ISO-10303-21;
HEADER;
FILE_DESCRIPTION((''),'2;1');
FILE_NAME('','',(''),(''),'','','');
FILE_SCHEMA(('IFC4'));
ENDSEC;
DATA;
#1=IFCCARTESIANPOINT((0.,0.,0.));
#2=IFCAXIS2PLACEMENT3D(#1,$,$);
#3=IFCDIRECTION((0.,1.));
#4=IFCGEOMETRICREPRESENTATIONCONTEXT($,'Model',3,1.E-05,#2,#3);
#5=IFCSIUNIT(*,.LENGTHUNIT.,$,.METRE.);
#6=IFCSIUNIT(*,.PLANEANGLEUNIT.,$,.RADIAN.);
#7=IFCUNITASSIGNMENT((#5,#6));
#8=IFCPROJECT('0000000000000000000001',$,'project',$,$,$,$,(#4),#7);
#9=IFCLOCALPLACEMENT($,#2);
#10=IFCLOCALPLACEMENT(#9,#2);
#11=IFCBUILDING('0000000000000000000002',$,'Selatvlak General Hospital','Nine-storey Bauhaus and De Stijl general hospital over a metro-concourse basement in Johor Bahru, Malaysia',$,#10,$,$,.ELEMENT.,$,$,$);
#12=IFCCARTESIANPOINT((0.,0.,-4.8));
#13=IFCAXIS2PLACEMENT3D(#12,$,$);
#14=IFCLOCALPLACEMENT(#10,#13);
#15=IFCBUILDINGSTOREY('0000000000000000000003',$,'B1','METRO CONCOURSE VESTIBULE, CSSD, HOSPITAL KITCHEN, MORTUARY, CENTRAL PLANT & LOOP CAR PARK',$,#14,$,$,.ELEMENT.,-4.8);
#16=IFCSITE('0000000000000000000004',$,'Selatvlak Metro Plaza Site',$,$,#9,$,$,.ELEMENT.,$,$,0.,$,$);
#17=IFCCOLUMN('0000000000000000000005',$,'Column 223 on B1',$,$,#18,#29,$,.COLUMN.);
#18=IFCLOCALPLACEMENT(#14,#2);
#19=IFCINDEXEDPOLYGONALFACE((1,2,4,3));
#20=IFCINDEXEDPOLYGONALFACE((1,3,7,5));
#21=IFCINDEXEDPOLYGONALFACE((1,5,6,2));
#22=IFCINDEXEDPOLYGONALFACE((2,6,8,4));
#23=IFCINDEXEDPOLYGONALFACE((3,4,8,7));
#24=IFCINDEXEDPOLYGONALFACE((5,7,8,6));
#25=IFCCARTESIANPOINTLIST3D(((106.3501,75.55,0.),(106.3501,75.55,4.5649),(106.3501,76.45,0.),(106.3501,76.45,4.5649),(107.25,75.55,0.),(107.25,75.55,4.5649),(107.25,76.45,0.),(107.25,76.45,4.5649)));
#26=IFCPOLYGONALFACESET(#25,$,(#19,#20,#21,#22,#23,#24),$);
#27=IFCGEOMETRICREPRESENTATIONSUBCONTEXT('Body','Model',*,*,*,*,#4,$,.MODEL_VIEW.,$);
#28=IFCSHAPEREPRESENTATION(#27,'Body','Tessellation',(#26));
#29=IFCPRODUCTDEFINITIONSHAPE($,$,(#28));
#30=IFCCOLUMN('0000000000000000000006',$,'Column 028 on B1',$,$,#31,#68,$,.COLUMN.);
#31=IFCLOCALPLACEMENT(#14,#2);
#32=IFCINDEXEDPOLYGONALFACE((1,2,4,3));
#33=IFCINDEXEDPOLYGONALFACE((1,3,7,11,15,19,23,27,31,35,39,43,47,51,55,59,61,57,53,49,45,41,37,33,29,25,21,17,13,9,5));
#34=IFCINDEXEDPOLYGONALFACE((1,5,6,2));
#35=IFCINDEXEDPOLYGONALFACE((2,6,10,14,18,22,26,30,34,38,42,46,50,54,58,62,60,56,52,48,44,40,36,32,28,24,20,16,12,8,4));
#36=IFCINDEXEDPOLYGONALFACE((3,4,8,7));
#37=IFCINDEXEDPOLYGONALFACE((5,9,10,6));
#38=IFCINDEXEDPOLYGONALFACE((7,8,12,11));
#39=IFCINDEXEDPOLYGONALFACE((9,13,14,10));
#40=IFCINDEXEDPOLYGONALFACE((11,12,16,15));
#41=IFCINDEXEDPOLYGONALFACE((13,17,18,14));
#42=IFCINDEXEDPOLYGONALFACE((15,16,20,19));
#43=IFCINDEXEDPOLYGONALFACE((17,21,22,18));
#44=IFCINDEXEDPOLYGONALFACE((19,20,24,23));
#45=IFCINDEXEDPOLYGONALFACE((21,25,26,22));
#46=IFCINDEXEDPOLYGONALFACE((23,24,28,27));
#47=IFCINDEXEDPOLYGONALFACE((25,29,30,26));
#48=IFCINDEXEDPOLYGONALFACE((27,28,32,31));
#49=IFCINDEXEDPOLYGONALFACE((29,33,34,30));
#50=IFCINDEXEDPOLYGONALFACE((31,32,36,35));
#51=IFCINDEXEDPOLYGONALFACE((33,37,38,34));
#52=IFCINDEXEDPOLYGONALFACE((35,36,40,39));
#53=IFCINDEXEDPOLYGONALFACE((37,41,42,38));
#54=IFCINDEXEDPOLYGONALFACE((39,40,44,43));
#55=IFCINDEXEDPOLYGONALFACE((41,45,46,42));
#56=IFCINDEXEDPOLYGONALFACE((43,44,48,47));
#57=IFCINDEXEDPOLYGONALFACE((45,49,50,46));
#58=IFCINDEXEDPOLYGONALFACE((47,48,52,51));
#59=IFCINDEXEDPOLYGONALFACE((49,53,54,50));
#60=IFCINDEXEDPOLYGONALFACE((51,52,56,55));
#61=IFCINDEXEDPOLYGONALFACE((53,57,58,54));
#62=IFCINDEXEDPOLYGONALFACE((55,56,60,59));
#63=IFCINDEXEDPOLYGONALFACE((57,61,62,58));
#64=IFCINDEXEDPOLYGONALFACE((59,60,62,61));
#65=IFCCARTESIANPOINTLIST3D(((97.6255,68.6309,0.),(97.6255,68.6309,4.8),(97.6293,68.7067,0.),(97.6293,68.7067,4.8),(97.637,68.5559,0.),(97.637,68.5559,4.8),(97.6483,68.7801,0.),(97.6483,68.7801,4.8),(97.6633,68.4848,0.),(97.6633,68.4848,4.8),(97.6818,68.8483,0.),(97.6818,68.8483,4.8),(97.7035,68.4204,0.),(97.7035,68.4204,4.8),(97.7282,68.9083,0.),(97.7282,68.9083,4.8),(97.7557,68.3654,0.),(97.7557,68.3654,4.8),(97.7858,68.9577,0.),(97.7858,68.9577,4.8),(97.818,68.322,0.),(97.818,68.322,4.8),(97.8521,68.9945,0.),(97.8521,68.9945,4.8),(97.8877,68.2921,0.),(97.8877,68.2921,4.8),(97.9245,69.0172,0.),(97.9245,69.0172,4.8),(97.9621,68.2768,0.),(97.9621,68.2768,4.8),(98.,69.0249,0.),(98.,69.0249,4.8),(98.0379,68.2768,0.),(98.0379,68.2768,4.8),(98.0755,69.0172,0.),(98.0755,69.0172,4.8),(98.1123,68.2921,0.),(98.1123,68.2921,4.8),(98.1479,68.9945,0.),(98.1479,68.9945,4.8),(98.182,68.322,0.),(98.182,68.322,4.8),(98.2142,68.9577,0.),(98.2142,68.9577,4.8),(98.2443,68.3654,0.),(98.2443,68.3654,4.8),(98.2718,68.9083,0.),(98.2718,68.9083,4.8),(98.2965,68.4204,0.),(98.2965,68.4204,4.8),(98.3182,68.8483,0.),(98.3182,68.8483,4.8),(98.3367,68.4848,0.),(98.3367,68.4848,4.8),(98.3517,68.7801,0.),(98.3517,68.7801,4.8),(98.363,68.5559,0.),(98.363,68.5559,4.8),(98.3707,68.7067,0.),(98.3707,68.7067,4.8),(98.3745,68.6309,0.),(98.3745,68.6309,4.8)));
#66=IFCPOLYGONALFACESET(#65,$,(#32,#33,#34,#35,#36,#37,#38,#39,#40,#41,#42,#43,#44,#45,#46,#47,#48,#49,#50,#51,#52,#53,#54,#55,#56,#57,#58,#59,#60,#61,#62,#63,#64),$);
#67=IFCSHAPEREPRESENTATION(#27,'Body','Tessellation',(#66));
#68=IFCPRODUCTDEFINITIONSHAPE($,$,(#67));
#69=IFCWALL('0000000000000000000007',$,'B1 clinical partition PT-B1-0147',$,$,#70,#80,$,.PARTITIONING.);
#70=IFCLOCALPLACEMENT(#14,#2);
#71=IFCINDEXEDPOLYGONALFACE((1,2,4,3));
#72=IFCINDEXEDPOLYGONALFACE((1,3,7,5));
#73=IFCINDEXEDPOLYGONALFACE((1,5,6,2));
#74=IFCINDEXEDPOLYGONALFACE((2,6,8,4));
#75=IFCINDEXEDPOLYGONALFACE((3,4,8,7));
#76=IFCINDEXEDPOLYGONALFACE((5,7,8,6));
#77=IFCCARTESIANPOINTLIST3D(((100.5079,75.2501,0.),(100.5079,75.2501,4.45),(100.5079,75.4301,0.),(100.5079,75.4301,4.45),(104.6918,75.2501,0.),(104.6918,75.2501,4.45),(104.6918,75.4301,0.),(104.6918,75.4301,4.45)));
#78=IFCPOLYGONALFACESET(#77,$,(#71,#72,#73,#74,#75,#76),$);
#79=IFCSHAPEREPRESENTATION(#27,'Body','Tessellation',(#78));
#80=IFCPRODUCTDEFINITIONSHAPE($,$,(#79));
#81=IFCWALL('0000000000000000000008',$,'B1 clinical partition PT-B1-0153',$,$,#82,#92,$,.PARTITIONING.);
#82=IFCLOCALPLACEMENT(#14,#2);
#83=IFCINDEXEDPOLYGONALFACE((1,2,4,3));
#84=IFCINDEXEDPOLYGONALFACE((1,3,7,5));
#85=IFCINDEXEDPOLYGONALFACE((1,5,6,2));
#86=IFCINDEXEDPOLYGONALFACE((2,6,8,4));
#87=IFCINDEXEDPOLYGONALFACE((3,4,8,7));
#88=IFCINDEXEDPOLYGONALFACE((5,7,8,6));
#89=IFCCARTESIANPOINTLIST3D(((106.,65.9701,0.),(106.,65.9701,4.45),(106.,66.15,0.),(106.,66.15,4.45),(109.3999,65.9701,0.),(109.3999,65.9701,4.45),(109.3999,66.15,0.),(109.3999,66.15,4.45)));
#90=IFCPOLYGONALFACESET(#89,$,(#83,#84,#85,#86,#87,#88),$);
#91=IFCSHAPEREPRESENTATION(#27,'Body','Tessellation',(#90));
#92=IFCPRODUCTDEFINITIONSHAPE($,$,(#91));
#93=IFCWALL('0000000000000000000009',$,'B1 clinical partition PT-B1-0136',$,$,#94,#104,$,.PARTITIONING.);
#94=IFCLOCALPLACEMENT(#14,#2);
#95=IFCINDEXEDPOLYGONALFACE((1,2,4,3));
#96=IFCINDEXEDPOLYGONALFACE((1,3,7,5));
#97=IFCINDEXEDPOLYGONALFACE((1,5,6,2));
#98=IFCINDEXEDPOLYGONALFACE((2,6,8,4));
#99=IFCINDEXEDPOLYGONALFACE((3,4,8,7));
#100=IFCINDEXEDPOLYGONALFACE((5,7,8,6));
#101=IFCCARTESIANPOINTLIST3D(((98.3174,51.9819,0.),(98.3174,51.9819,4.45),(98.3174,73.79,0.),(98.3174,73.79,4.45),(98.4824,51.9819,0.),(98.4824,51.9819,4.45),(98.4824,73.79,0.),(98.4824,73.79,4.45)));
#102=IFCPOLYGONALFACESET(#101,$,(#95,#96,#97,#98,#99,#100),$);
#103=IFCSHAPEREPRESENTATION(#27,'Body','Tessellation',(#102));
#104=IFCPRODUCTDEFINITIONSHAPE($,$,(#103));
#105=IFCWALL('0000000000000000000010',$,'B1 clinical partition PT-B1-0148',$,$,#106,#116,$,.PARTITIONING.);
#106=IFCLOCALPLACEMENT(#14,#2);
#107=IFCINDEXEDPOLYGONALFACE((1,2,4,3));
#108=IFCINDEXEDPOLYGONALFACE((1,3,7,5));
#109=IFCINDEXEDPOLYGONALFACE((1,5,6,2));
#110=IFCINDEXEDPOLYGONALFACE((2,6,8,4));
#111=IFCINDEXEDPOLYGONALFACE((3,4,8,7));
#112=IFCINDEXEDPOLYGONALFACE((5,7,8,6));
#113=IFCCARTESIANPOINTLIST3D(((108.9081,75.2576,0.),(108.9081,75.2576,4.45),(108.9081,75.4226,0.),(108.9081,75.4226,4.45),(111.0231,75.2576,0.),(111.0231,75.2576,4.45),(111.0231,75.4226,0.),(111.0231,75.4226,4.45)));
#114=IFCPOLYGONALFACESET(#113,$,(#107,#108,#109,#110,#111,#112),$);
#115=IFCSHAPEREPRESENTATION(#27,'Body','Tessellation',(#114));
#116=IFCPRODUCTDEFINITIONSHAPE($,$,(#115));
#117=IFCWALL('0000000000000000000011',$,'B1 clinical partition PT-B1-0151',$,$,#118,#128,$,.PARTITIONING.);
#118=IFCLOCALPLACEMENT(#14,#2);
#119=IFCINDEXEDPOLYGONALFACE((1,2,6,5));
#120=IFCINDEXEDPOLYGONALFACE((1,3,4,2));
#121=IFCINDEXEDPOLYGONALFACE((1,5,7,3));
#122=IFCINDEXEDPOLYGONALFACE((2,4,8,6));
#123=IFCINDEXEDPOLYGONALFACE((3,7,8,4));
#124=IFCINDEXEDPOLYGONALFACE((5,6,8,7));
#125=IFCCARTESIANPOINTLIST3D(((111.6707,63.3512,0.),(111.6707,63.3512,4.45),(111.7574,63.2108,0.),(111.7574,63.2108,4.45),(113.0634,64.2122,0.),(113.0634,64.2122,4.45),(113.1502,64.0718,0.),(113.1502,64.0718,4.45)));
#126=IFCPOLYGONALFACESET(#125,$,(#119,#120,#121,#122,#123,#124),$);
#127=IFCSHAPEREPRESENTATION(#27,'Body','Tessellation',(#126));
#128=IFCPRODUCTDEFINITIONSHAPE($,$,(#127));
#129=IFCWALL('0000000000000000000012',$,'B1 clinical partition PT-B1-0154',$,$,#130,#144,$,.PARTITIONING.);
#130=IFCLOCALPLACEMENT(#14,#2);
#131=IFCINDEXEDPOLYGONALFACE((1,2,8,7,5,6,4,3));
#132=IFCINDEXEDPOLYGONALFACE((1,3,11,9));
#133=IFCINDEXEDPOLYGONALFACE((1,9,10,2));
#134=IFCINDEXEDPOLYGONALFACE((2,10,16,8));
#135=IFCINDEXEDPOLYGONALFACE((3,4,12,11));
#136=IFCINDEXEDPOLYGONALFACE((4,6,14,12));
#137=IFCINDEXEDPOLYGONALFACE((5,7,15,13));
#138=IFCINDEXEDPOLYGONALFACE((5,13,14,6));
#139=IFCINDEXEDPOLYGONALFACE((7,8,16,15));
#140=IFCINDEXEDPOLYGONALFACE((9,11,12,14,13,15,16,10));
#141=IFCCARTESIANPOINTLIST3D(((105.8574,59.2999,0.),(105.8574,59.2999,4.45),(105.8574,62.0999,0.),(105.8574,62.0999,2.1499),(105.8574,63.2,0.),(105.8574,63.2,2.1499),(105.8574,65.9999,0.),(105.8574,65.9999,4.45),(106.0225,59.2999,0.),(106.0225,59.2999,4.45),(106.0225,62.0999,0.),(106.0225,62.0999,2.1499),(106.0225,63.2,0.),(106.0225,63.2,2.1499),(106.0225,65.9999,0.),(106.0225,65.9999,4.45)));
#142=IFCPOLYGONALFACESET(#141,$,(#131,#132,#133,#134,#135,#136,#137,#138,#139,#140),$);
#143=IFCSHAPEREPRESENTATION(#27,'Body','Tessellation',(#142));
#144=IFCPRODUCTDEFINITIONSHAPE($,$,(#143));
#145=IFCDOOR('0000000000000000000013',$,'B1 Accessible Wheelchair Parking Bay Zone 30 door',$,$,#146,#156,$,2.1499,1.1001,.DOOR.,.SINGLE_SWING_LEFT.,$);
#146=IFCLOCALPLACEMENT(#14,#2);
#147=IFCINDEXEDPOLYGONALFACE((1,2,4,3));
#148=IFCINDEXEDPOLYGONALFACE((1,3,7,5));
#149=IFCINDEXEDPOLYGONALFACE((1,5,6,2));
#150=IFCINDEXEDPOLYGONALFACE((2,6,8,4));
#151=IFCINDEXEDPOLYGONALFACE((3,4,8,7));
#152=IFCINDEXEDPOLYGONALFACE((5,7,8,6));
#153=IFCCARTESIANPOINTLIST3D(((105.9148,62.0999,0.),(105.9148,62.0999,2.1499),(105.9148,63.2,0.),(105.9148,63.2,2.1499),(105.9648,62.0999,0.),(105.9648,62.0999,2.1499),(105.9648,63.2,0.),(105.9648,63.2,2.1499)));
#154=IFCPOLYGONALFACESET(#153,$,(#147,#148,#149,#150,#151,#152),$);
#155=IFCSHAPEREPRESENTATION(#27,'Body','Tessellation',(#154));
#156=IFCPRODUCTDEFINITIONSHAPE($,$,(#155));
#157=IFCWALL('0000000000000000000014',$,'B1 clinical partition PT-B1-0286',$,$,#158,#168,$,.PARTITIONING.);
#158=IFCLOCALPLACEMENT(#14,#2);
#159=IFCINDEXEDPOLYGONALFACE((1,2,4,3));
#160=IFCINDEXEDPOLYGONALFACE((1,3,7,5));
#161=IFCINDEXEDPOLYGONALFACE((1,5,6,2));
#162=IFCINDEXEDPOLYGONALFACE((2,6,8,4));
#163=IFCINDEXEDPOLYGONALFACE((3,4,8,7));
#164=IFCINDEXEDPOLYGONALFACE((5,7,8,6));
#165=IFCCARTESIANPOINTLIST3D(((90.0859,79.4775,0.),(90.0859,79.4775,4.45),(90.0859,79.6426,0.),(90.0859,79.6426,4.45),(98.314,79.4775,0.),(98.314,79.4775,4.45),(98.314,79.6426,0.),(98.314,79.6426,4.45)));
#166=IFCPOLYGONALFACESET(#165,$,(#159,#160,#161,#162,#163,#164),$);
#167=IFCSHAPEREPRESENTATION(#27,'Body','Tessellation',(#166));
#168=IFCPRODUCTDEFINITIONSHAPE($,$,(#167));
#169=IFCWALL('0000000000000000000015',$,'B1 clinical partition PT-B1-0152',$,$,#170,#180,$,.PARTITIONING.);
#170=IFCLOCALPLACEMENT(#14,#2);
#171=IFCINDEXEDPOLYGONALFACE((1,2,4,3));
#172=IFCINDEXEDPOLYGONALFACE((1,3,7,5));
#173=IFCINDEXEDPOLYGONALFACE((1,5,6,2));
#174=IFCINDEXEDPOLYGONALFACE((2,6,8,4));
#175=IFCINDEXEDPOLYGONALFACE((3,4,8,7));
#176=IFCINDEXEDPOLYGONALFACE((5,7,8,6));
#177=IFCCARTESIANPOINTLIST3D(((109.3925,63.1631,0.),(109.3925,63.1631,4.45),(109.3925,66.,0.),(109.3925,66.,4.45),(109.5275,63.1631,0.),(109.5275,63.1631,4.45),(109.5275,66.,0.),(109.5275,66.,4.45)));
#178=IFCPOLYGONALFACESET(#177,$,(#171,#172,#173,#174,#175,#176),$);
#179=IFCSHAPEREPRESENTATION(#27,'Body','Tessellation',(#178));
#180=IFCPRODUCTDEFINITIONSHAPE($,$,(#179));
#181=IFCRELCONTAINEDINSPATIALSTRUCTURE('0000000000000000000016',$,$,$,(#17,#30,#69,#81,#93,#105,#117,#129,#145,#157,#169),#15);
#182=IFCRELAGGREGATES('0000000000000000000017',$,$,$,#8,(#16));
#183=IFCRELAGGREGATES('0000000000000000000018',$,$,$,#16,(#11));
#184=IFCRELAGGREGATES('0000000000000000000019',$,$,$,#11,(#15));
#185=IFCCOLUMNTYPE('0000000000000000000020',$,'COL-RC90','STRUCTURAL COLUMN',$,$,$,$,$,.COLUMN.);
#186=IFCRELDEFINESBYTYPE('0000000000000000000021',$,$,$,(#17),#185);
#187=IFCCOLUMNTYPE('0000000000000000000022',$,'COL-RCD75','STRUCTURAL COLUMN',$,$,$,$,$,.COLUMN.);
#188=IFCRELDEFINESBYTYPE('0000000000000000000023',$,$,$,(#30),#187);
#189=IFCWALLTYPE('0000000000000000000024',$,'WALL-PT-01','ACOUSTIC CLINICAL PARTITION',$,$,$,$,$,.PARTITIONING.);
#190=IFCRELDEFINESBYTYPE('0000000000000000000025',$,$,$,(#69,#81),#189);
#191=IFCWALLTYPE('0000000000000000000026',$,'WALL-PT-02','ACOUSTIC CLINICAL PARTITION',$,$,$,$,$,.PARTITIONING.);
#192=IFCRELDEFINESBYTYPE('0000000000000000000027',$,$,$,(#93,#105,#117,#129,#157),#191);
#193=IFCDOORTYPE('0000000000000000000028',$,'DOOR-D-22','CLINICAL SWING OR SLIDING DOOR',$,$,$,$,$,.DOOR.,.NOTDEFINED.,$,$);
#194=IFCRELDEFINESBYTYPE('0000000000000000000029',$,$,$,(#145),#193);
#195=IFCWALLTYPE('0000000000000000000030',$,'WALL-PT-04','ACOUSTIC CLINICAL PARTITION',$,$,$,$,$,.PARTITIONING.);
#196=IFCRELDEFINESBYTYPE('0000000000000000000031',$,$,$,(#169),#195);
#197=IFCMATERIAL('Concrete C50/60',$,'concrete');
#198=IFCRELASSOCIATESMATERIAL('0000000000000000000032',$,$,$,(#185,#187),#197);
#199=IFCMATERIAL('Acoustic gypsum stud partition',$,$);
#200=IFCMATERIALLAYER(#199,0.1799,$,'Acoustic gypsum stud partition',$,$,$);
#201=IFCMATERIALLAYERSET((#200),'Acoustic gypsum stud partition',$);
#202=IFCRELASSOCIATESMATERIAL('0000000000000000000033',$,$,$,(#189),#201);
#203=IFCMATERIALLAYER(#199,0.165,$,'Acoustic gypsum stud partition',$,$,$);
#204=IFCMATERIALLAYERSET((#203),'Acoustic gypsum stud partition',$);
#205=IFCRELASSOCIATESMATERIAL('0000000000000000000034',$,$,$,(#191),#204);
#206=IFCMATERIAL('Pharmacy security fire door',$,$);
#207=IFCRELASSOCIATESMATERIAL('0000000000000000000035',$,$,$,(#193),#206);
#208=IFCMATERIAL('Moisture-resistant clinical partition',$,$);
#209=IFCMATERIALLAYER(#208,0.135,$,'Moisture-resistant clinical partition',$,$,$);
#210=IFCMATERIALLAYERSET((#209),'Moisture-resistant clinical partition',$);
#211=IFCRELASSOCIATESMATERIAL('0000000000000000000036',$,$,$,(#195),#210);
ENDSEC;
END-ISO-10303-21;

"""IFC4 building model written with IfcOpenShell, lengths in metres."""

from ifc_helpers import new_model, si_unit, direction, frame, frame_2d, origin, origin_2d, place, context, subcontext, project, spatial, rectangle, circle, extrude, material, layer, layer_set, material_profile, profile_set, type_object, element, fill, save


model = new_model("IFC4")

# Units and contexts
model_context = context("Model", 3, precision=1e-05, world=origin(), true_north=direction((0.0, 1.0)))
body_context = subcontext(model_context, "Body", "Model", "MODEL_VIEW")
ifc_project = project(units=[si_unit("LENGTHUNIT", "METRE"), si_unit("PLANEANGLEUNIT", "RADIAN")], contexts=[model_context])

# Site, building, storey
site_placement = place(None, origin())
site = spatial("IfcSite", under=ifc_project, at=site_placement, Name="Selatvlak Metro Plaza Site", CompositionType="ELEMENT", RefElevation=0.0)
building_placement = place(site_placement, origin())
building = spatial("IfcBuilding", under=site, at=building_placement, Name="Selatvlak General Hospital", Description="Nine-storey Bauhaus and De Stijl general hospital over a metro-concourse basement in Johor Bahru, Malaysia", CompositionType="ELEMENT")
storey_placement = place(building_placement, frame((0.0, 0.0, -4.8)))
storey = spatial("IfcBuildingStorey", under=building, at=storey_placement, Name="B1", Description="METRO CONCOURSE VESTIBULE, CSSD, HOSPITAL KITCHEN, MORTUARY, CENTRAL PLANT & LOOP CAR PARK", CompositionType="ELEMENT", Elevation=-4.8)

# Columns
ifc_material_1 = material(Name="Concrete C50/60", Category="concrete")
ifc_material_profile_1 = material_profile(ifc_material_1, rectangle(XDim=0.8999, YDim=0.8999, at=origin_2d()), Name="RC-COL 900x900")
ifc_profile_set_1 = profile_set([ifc_material_profile_1], Name="Concrete C50/60")
column_type_1 = type_object("IfcColumnType", Name="COL-RC90", Description="STRUCTURAL COLUMN", PredefinedType="COLUMN", material=ifc_profile_set_1)
column_placement = place(storey_placement, frame((106.8, 76.0, 0.0), z_axis=(0.0, 0.0, 1.0), x_axis=(1.0, 0.0, 0.0)))
element("IfcColumn", 1, at=column_placement, inside=storey, type_object=column_type_1, Name="Column 223 on B1", PredefinedType="COLUMN", context=body_context, shape_type="SweptSolid", body=[
    extrude(rectangle(XDim=0.8999, YDim=0.8999, at=origin_2d()), origin(), (0.0, 0.0, 1.0), 4.5649),
])
ifc_material_profile_2 = material_profile(ifc_material_1, circle(Radius=0.375, at=origin_2d()), Name="RC-COL D750")
ifc_profile_set_2 = profile_set([ifc_material_profile_2], Name="Concrete C50/60")
column_type_2 = type_object("IfcColumnType", Name="COL-RCD75", Description="STRUCTURAL COLUMN", PredefinedType="COLUMN", material=ifc_profile_set_2)
for number, where, z_axis, x_axis, name in (
    (2, (98.0, 68.6499, 0.0), (0.0, 0.0, 1.0), (0.0, 1.0, 0.0), "Column 028 on B1"),
):
    element("IfcColumn", number, at=place(storey_placement, frame(where, z_axis=z_axis, x_axis=x_axis)), inside=storey, type_object=column_type_2, Name=name, PredefinedType="COLUMN", context=body_context, shape_type="SweptSolid", body=[
        extrude(circle(Radius=0.375, at=origin_2d()), origin(), (0.0, 0.0, 1.0), 4.8),
    ])

# Walls
ifc_material_2 = material(Name="Acoustic gypsum stud partition")
ifc_layer_1 = layer(ifc_material_2, 0.1799, Name="Acoustic gypsum stud partition")
ifc_layer_set_1 = layer_set([ifc_layer_1], Name="Acoustic gypsum stud partition")
wall_type_1 = type_object("IfcWallType", Name="WALL-PT-01", Description="ACOUSTIC CLINICAL PARTITION", PredefinedType="PARTITIONING", material=ifc_layer_set_1)
wall_1_placement = place(storey_placement, frame((100.5081, 75.3401, 0.0), z_axis=(0.0, 0.0, 1.0), x_axis=(1.0, 0.0, 0.0)))
element("IfcWall", 3, at=wall_1_placement, inside=storey, type_object=wall_type_1, Name="B1 clinical partition PT-B1-0147", PredefinedType="PARTITIONING", context=body_context, shape_type="SweptSolid", body=[
    extrude(rectangle(XDim=4.1838, YDim=0.1799, at=frame_2d((2.0918, 0.0))), origin(), (0.0, 0.0, 1.0), 4.45),
])
wall_2_placement = place(storey_placement, frame((109.3999, 66.0601, 0.0), z_axis=(0.0, 0.0, 1.0), x_axis=(-1.0, 0.0, 0.0)))
element("IfcWall", 4, at=wall_2_placement, inside=storey, type_object=wall_type_1, Name="B1 clinical partition PT-B1-0153", PredefinedType="PARTITIONING", context=body_context, shape_type="SweptSolid", body=[
    extrude(rectangle(XDim=3.3999, YDim=0.1799, at=frame_2d((1.7, 0.0))), origin(), (0.0, 0.0, 1.0), 4.45),
])
ifc_layer_2 = layer(ifc_material_2, 0.165, Name="Acoustic gypsum stud partition")
ifc_layer_set_2 = layer_set([ifc_layer_2], Name="Acoustic gypsum stud partition")
wall_type_2 = type_object("IfcWallType", Name="WALL-PT-02", Description="ACOUSTIC CLINICAL PARTITION", PredefinedType="PARTITIONING", material=ifc_layer_set_2)
wall_3_placement = place(storey_placement, frame((98.3999, 73.79, 0.0), z_axis=(0.0, 0.0, 1.0), x_axis=(0.0, -1.0, 0.0)))
element("IfcWall", 5, at=wall_3_placement, inside=storey, type_object=wall_type_2, Name="B1 clinical partition PT-B1-0136", PredefinedType="PARTITIONING", context=body_context, shape_type="SweptSolid", body=[
    extrude(rectangle(XDim=21.8081, YDim=0.165, at=frame_2d((10.9041, 0.0))), origin(), (0.0, 0.0, 1.0), 4.45),
])
wall_4_placement = place(storey_placement, frame((108.908, 75.3401, 0.0), z_axis=(0.0, 0.0, 1.0), x_axis=(1.0, 0.0, 0.0)))
element("IfcWall", 6, at=wall_4_placement, inside=storey, type_object=wall_type_2, Name="B1 clinical partition PT-B1-0148", PredefinedType="PARTITIONING", context=body_context, shape_type="SweptSolid", body=[
    extrude(rectangle(XDim=2.115, YDim=0.165, at=frame_2d((1.0576, 0.0))), origin(), (0.0, 0.0, 1.0), 4.45),
])
wall_5_placement = place(storey_placement, frame((113.1069, 64.1421, 0.0), z_axis=(0.0, 0.0, 1.0), x_axis=(-0.850576, -0.525852, 0.0)))
element("IfcWall", 7, at=wall_5_placement, inside=storey, type_object=wall_type_2, Name="B1 clinical partition PT-B1-0151", PredefinedType="PARTITIONING", context=body_context, shape_type="SweptSolid", body=[
    extrude(rectangle(XDim=1.6375, YDim=0.165, at=frame_2d((0.8188, 0.0))), origin(), (0.0, 0.0, 1.0), 4.45),
])

# Wall, opening, door
wall_6_placement = place(storey_placement, frame((105.9399, 66.0, 0.0), z_axis=(0.0, 0.0, 1.0), x_axis=(0.0, -1.0, 0.0)))
wall_6 = element("IfcWall", 8, at=wall_6_placement, inside=storey, type_object=wall_type_2, Name="B1 clinical partition PT-B1-0154", PredefinedType="PARTITIONING", context=body_context, shape_type="SweptSolid", body=[
    extrude(rectangle(XDim=6.7, YDim=0.165, at=frame_2d((3.3501, 0.0))), origin(), (0.0, 0.0, 1.0), 4.45),
])
opening_placement = place(wall_6_placement, frame((2.8, 0.0, 0.0)))
opening = element("IfcOpeningElement", 9, at=opening_placement, cuts=wall_6, PredefinedType="OPENING", context=body_context, shape_type="SweptSolid", body=[
    extrude(rectangle(XDim=1.1001, YDim=2.1499, at=frame_2d((0.55, 1.075))), frame((0.0, 0.0925, 0.0), z_axis=(0.0, -1.0, 0.0), x_axis=(1.0, 0.0, 0.0)), (0.0, 0.0, 1.0), 0.1851),
])
ifc_material_3 = material(Name="Pharmacy security fire door")
door_type = type_object("IfcDoorType", Name="DOOR-D-22", Description="CLINICAL SWING OR SLIDING DOOR", OperationType="NOTDEFINED", PredefinedType="DOOR", material=ifc_material_3)
door_placement = place(opening_placement, origin())
door = element("IfcDoor", 10, at=door_placement, inside=storey, type_object=door_type, Name="B1 Accessible Wheelchair Parking Bay Zone 30 door", OperationType="SINGLE_SWING_LEFT", OverallHeight=2.1499, OverallWidth=1.1001, PredefinedType="DOOR", context=body_context, shape_type="SweptSolid", body=[
    extrude(rectangle(XDim=1.1001, YDim=2.1499, at=frame_2d((0.55, 1.075))), frame((0.0, 0.0249, 0.0), z_axis=(0.0, -1.0, 0.0), x_axis=(1.0, 0.0, 0.0)), (0.0, 0.0, 1.0), 0.05),
])
fill(opening, door)

# Walls
wall_7_placement = place(storey_placement, frame((98.314, 79.5601, 0.0), z_axis=(0.0, 0.0, 1.0), x_axis=(-1.0, 0.0, 0.0)))
element("IfcWall", 11, at=wall_7_placement, inside=storey, type_object=wall_type_2, Name="B1 clinical partition PT-B1-0286", PredefinedType="PARTITIONING", context=body_context, shape_type="SweptSolid", body=[
    extrude(rectangle(XDim=8.228, YDim=0.165, at=frame_2d((4.114, 0.0))), origin(), (0.0, 0.0, 1.0), 4.45),
])
ifc_material_4 = material(Name="Moisture-resistant clinical partition")
ifc_layer_3 = layer(ifc_material_4, 0.135, Name="Moisture-resistant clinical partition")
ifc_layer_set_3 = layer_set([ifc_layer_3], Name="Moisture-resistant clinical partition")
wall_type_3 = type_object("IfcWallType", Name="WALL-PT-04", Description="ACOUSTIC CLINICAL PARTITION", PredefinedType="PARTITIONING", material=ifc_layer_set_3)
wall_8_placement = place(storey_placement, frame((109.46, 63.1631, 0.0), z_axis=(0.0, 0.0, 1.0), x_axis=(0.0, 1.0, 0.0)))
element("IfcWall", 12, at=wall_8_placement, inside=storey, type_object=wall_type_3, Name="B1 clinical partition PT-B1-0152", PredefinedType="PARTITIONING", context=body_context, shape_type="SweptSolid", body=[
    extrude(rectangle(XDim=2.8369, YDim=0.135, at=frame_2d((1.4185, 0.0))), origin(), (0.0, 0.0, 1.0), 4.45),
])

save(model, "model.ifc")
